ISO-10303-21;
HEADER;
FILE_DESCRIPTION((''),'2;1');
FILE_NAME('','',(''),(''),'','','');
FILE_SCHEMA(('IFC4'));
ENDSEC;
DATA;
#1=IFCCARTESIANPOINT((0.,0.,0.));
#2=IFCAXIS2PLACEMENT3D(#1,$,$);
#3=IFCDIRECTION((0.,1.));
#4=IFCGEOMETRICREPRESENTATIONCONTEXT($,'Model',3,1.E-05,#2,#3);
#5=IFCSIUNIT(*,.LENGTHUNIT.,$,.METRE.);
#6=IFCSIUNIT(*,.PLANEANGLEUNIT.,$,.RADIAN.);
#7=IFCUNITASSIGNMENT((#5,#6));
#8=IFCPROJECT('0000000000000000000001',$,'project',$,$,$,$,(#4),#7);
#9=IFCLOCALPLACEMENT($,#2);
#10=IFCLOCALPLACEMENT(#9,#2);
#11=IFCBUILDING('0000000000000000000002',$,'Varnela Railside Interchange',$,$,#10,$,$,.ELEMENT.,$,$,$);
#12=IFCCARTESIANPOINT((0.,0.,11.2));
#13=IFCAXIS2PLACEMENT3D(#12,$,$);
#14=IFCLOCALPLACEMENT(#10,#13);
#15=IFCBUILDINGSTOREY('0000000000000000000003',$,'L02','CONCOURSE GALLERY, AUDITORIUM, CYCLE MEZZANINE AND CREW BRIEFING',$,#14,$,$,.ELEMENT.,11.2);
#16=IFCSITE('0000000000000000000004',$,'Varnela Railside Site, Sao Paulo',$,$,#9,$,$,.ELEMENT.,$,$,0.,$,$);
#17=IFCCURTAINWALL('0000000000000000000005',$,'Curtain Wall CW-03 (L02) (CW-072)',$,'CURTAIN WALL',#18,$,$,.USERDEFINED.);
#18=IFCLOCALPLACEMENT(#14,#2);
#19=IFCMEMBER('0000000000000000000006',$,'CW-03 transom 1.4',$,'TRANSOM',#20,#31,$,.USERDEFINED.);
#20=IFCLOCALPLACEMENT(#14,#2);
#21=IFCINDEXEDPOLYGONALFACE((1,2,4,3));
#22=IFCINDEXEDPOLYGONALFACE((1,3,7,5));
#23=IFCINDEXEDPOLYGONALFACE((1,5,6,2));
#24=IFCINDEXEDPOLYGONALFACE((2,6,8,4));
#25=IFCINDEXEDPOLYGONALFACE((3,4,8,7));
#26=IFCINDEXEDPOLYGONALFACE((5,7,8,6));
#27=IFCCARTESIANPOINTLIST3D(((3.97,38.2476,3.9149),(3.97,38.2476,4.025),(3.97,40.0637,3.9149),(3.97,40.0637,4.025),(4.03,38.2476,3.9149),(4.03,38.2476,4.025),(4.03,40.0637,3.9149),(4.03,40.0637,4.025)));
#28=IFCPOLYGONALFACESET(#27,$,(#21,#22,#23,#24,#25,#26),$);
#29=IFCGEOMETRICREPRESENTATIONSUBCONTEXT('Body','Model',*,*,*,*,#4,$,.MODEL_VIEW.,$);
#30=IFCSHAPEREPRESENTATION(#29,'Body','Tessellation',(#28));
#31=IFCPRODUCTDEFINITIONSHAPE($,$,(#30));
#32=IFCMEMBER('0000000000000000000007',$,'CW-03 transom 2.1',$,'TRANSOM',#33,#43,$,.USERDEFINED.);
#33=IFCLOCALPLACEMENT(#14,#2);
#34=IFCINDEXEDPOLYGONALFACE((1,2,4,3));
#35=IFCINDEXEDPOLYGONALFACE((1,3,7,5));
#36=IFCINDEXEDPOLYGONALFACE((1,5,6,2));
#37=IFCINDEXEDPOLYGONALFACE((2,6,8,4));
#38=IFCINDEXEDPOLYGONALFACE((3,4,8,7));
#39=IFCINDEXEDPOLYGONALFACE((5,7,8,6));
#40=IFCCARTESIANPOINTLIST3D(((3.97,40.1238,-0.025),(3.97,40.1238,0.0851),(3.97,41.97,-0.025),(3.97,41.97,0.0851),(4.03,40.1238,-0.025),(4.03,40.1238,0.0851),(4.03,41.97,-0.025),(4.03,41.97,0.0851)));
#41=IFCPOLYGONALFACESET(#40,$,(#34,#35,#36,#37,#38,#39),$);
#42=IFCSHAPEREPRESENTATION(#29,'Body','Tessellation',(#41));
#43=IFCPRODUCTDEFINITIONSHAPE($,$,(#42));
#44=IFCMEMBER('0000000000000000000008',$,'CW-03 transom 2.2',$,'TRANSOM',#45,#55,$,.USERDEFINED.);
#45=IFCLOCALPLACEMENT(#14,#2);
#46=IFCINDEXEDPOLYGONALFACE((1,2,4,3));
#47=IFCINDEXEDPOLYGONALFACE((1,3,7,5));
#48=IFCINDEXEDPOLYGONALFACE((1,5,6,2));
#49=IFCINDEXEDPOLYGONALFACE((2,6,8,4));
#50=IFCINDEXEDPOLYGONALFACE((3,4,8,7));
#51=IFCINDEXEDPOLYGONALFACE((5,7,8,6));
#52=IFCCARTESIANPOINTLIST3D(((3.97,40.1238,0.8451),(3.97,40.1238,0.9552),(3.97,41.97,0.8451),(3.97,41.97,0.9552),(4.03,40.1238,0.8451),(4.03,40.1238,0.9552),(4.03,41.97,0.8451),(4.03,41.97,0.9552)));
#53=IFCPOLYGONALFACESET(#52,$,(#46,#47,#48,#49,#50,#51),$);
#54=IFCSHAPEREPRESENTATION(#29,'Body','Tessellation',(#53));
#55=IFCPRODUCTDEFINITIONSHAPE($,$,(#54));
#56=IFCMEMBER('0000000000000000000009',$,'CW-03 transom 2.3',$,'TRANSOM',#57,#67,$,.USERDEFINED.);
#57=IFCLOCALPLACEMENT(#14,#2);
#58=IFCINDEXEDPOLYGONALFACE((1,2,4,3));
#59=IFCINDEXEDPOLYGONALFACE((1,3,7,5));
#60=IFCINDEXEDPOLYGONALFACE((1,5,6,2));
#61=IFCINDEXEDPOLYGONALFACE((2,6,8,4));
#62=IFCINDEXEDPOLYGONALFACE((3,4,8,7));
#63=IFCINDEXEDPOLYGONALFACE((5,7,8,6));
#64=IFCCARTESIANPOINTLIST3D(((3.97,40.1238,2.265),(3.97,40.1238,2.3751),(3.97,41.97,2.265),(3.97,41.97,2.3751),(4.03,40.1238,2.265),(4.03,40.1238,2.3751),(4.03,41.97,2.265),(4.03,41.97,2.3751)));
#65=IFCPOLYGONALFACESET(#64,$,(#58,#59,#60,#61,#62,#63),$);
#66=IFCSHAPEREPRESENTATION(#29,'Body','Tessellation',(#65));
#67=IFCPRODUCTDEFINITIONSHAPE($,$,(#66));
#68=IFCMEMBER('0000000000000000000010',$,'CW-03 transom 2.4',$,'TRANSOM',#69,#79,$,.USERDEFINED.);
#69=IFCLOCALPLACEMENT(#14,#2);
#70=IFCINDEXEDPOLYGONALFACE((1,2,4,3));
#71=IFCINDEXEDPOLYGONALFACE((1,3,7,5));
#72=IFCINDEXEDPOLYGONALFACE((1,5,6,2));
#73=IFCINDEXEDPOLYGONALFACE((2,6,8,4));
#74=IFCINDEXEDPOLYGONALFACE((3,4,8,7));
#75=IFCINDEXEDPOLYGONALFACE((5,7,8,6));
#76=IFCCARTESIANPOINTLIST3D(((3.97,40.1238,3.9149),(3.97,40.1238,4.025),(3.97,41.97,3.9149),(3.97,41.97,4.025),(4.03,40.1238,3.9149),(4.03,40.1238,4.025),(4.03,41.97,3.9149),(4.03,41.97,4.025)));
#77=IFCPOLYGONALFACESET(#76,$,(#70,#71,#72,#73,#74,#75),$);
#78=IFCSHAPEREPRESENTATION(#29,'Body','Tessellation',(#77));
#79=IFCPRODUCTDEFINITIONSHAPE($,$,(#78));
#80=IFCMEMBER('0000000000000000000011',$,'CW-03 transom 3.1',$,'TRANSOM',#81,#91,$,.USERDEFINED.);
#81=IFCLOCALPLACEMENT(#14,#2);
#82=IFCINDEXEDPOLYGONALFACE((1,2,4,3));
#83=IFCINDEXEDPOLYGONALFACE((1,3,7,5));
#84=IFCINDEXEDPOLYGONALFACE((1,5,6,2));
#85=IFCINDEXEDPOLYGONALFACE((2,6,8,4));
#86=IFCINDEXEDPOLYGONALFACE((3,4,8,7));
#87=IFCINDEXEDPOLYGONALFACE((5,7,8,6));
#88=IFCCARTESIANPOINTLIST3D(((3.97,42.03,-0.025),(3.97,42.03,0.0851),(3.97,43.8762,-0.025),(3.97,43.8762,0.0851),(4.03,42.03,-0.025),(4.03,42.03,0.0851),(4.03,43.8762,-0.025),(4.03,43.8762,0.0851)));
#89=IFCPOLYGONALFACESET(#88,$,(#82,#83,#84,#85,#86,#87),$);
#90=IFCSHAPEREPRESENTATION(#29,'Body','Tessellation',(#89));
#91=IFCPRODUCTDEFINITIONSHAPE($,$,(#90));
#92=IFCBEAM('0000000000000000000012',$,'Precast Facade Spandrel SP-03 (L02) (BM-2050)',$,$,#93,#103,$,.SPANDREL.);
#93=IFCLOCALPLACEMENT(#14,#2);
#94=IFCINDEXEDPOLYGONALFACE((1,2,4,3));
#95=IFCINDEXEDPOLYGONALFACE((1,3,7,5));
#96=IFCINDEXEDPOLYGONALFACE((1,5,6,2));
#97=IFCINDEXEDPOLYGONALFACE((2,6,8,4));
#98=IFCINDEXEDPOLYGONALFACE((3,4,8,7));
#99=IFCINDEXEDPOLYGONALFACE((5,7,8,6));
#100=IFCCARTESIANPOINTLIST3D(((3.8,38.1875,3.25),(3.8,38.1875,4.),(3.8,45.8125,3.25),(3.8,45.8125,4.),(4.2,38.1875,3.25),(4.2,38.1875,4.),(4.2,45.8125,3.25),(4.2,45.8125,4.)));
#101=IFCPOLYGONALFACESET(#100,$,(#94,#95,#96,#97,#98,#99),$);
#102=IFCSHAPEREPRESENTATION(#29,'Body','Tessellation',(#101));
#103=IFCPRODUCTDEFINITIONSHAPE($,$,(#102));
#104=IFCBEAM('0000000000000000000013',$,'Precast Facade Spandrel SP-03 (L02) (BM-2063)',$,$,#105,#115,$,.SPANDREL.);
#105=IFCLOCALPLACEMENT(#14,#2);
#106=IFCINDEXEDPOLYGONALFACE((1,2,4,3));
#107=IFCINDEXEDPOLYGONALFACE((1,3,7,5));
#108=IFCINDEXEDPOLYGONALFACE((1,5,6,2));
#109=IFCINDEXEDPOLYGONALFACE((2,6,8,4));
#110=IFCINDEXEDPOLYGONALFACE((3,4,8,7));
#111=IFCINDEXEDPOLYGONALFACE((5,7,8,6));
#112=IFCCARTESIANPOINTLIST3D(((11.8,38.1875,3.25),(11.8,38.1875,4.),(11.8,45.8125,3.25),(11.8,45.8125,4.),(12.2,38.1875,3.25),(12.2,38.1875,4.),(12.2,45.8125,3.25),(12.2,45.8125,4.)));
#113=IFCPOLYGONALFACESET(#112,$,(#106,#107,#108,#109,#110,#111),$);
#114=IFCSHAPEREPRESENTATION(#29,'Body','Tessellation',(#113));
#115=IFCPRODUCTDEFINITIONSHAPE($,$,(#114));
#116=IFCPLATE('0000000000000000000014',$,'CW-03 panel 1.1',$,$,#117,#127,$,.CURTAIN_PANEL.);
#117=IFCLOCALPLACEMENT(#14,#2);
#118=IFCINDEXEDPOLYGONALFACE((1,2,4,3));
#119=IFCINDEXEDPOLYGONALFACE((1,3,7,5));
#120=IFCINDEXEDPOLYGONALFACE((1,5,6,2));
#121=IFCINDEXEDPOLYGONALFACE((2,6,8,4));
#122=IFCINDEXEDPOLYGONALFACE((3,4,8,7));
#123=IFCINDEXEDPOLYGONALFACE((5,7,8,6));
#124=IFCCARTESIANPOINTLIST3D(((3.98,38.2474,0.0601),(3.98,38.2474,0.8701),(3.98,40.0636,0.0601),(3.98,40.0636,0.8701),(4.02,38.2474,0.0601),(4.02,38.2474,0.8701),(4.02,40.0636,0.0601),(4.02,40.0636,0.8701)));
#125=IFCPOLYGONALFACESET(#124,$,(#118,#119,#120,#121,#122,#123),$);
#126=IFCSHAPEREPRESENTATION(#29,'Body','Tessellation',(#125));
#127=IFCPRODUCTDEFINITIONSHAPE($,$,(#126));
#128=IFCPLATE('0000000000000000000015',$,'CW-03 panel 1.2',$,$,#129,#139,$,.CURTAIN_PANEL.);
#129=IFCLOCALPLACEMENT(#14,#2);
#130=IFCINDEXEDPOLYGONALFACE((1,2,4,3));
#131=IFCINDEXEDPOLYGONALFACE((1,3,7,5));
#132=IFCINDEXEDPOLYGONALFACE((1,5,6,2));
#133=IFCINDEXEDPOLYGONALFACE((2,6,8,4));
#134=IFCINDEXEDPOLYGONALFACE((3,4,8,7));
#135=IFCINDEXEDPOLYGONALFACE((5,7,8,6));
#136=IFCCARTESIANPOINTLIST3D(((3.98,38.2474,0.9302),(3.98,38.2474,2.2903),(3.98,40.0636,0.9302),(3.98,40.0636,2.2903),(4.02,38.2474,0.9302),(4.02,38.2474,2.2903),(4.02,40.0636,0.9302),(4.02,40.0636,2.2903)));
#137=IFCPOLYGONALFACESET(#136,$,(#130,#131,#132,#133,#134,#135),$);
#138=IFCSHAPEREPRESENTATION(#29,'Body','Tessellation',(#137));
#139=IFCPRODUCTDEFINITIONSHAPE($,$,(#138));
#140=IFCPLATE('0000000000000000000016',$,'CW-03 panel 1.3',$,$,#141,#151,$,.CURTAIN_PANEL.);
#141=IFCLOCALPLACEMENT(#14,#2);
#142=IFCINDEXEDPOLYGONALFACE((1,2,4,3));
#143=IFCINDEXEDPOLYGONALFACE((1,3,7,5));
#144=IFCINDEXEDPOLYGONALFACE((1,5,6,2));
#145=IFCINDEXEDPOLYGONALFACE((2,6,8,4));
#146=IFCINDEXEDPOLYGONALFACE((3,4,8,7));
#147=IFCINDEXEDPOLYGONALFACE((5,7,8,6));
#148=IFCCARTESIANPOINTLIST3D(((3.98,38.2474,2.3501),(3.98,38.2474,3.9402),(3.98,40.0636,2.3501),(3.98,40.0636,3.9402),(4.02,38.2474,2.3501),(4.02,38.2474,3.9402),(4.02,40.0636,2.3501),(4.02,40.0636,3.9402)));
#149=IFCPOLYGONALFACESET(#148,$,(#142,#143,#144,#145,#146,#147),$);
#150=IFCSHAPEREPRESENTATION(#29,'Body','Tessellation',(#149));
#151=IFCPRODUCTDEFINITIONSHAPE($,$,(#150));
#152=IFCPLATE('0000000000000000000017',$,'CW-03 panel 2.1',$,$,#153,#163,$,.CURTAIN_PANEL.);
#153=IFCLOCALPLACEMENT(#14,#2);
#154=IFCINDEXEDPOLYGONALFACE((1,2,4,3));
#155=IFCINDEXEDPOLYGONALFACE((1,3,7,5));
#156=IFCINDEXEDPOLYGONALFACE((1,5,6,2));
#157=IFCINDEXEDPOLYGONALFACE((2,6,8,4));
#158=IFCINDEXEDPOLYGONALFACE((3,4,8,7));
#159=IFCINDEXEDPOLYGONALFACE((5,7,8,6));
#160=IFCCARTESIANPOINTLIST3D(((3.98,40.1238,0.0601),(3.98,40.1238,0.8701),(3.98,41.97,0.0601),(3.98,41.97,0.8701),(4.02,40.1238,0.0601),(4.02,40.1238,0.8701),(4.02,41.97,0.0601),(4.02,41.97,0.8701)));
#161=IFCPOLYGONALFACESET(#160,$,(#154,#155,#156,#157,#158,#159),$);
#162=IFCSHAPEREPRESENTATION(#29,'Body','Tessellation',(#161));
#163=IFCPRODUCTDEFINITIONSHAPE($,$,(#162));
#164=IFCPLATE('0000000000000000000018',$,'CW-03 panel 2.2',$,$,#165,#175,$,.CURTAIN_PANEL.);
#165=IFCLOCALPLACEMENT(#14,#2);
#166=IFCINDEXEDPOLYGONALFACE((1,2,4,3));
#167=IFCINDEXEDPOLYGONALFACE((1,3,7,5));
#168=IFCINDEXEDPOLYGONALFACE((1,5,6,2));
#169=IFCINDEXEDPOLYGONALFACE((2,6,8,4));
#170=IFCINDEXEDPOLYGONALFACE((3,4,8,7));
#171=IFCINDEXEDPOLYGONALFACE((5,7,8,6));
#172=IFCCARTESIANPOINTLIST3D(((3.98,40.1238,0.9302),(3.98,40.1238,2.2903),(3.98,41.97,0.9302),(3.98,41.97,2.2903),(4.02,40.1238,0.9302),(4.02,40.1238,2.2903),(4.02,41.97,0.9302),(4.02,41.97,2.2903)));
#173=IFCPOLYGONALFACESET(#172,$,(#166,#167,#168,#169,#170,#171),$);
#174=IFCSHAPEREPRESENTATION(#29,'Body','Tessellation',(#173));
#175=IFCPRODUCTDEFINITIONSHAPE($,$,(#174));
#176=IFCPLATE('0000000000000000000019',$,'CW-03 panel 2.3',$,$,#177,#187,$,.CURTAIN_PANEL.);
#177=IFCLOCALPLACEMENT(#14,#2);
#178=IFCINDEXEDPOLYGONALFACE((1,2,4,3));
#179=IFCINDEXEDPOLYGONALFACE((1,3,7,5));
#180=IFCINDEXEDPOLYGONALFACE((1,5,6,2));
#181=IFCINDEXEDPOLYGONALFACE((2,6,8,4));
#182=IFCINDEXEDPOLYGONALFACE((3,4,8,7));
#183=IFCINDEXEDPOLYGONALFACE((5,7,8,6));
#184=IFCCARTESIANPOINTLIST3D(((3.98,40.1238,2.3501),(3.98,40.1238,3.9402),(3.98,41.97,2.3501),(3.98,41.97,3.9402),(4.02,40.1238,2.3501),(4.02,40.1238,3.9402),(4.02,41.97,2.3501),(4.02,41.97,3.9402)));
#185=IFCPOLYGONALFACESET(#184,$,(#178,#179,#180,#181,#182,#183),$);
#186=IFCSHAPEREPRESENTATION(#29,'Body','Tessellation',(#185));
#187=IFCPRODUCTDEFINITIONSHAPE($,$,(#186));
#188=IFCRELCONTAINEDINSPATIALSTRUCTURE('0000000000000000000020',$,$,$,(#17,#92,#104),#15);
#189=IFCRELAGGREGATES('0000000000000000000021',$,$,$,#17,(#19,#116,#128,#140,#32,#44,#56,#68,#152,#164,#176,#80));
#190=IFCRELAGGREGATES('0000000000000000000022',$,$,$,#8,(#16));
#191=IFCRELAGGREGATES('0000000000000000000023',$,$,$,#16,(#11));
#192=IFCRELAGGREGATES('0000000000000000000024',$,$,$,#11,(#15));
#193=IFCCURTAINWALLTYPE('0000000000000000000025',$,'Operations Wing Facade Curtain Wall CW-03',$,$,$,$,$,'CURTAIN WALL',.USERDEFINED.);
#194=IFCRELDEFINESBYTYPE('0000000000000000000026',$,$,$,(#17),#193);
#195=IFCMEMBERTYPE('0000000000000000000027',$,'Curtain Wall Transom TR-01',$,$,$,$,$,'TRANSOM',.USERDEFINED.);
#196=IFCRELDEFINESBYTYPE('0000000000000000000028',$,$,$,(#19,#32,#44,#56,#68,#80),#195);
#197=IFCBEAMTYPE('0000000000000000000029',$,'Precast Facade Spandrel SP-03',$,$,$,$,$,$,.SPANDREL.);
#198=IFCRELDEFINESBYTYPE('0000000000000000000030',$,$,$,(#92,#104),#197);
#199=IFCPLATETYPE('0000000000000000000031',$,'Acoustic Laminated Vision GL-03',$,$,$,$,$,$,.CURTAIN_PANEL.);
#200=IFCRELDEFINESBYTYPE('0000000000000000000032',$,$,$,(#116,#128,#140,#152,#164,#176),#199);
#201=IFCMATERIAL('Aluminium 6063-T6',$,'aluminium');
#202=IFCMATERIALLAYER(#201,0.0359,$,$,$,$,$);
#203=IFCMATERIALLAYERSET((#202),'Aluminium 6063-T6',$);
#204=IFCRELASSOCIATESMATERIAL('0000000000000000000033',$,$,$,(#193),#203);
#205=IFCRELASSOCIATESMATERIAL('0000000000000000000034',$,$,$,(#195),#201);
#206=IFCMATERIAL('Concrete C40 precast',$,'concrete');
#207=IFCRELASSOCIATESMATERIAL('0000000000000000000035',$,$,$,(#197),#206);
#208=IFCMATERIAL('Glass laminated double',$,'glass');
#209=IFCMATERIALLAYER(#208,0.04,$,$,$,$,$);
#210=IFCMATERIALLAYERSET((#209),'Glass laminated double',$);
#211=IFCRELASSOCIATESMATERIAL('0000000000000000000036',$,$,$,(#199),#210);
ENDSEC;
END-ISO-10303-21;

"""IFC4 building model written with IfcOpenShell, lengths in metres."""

from ifc_helpers import new_model, si_unit, direction, frame, origin, origin_2d, place, context, subcontext, project, spatial, rectangle, extrude, material, layer, layer_set, material_profile, profile_set, type_object, element, aggregate, save


model = new_model("IFC4")

# Units and contexts
model_context = context("Model", 3, precision=1e-05, world=origin(), true_north=direction((0.0, 1.0)))
body_context = subcontext(model_context, "Body", "Model", "MODEL_VIEW")
ifc_project = project(units=[si_unit("LENGTHUNIT", "METRE"), si_unit("PLANEANGLEUNIT", "RADIAN")], contexts=[model_context])

# Site, building, storey
site_placement = place(None, origin())
site = spatial("IfcSite", under=ifc_project, at=site_placement, Name="Varnela Railside Site, Sao Paulo", CompositionType="ELEMENT", RefElevation=0.0)
building_placement = place(site_placement, origin())
building = spatial("IfcBuilding", under=site, at=building_placement, Name="Varnela Railside Interchange", CompositionType="ELEMENT")
storey_placement = place(building_placement, frame((0.0, 0.0, 11.2)))
storey = spatial("IfcBuildingStorey", under=building, at=storey_placement, Name="L02", Description="CONCOURSE GALLERY, AUDITORIUM, CYCLE MEZZANINE AND CREW BRIEFING", CompositionType="ELEMENT", Elevation=11.2)

# Curtain wall
ifc_material_1 = material(Name="Aluminium 6063-T6", Category="aluminium")
ifc_layer_1 = layer(ifc_material_1, 0.0359)
ifc_layer_set_1 = layer_set([ifc_layer_1], Name="Aluminium 6063-T6")
curtain_wall_type = type_object("IfcCurtainWallType", Name="Operations Wing Facade Curtain Wall CW-03", ElementType="CURTAIN WALL", PredefinedType="USERDEFINED", material=ifc_layer_set_1)
curtain_wall_1_placement = place(storey_placement, origin())
curtain_wall_1 = element("IfcCurtainWall", 1, at=curtain_wall_1_placement, inside=storey, type_object=curtain_wall_type, Name="Curtain Wall CW-03 (L02) (CW-072)", ObjectType="CURTAIN WALL", PredefinedType="USERDEFINED")
ifc_material_profile_1 = material_profile(ifc_material_1, rectangle(XDim=0.0601, YDim=0.1101, at=origin_2d()), Name="ALU 60x110")
ifc_profile_set_1 = profile_set([ifc_material_profile_1], Name="Aluminium 6063-T6")
member_type_1 = type_object("IfcMemberType", Name="Curtain Wall Transom TR-01", ElementType="TRANSOM", PredefinedType="USERDEFINED", material=ifc_profile_set_1)

# Members
member_1_placement = place(storey_placement, frame((4.0, 38.2476, 3.97), z_axis=(0.0, 1.0, 0.0), x_axis=(-1.0, 0.0, 0.0)))
member_1 = element("IfcMember", 2, at=member_1_placement, type_object=member_type_1, Name="CW-03 transom 1.4", ObjectType="TRANSOM", PredefinedType="USERDEFINED", context=body_context, shape_type="SweptSolid", body=[
    extrude(rectangle(XDim=0.0601, YDim=0.1101, at=origin_2d()), origin(), (0.0, 0.0, 1.0), 1.8162),
])
member_2_placement = place(storey_placement, frame((4.0, 40.1238, 0.03), z_axis=(0.0, 1.0, 0.0), x_axis=(-1.0, 0.0, 0.0)))
member_2 = element("IfcMember", 3, at=member_2_placement, type_object=member_type_1, Name="CW-03 transom 2.1", ObjectType="TRANSOM", PredefinedType="USERDEFINED", context=body_context, shape_type="SweptSolid", body=[
    extrude(rectangle(XDim=0.0601, YDim=0.1101, at=origin_2d()), origin(), (0.0, 0.0, 1.0), 1.8462),
])
member_3_placement = place(storey_placement, frame((4.0, 40.1238, 0.9001), z_axis=(0.0, 1.0, 0.0), x_axis=(-1.0, 0.0, 0.0)))
member_3 = element("IfcMember", 4, at=member_3_placement, type_object=member_type_1, Name="CW-03 transom 2.2", ObjectType="TRANSOM", PredefinedType="USERDEFINED", context=body_context, shape_type="SweptSolid", body=[
    extrude(rectangle(XDim=0.0601, YDim=0.1101, at=origin_2d()), origin(), (0.0, 0.0, 1.0), 1.8462),
])
member_4_placement = place(storey_placement, frame((4.0, 40.1238, 2.3201), z_axis=(0.0, 1.0, 0.0), x_axis=(-1.0, 0.0, 0.0)))
member_4 = element("IfcMember", 5, at=member_4_placement, type_object=member_type_1, Name="CW-03 transom 2.3", ObjectType="TRANSOM", PredefinedType="USERDEFINED", context=body_context, shape_type="SweptSolid", body=[
    extrude(rectangle(XDim=0.0601, YDim=0.1101, at=origin_2d()), origin(), (0.0, 0.0, 1.0), 1.8462),
])
member_5_placement = place(storey_placement, frame((4.0, 40.1238, 3.97), z_axis=(0.0, 1.0, 0.0), x_axis=(-1.0, 0.0, 0.0)))
member_5 = element("IfcMember", 6, at=member_5_placement, type_object=member_type_1, Name="CW-03 transom 2.4", ObjectType="TRANSOM", PredefinedType="USERDEFINED", context=body_context, shape_type="SweptSolid", body=[
    extrude(rectangle(XDim=0.0601, YDim=0.1101, at=origin_2d()), origin(), (0.0, 0.0, 1.0), 1.8462),
])
member_6_placement = place(storey_placement, frame((4.0, 42.03, 0.03), z_axis=(0.0, 1.0, 0.0), x_axis=(-1.0, 0.0, 0.0)))
member_6 = element("IfcMember", 7, at=member_6_placement, type_object=member_type_1, Name="CW-03 transom 3.1", ObjectType="TRANSOM", PredefinedType="USERDEFINED", context=body_context, shape_type="SweptSolid", body=[
    extrude(rectangle(XDim=0.0601, YDim=0.1101, at=origin_2d()), origin(), (0.0, 0.0, 1.0), 1.8462),
])

# Beams
ifc_material_2 = material(Name="Concrete C40 precast", Category="concrete")
ifc_material_profile_2 = material_profile(ifc_material_2, rectangle(XDim=0.3999, YDim=0.75, at=origin_2d()), Name="PC 400x750")
ifc_profile_set_2 = profile_set([ifc_material_profile_2], Name="Concrete C40 precast")
beam_type_1 = type_object("IfcBeamType", Name="Precast Facade Spandrel SP-03", PredefinedType="SPANDREL", material=ifc_profile_set_2)
for number, where, z_axis, x_axis, name in (
    (8, (4.0, 38.1875, 3.625), (0.0, 1.0, 0.0), (-1.0, 0.0, 0.0), "Precast Facade Spandrel SP-03 (L02) (BM-2050)"),
    (9, (12.0, 38.1875, 3.625), (0.0, 1.0, 0.0), (-1.0, 0.0, 0.0), "Precast Facade Spandrel SP-03 (L02) (BM-2063)"),
):
    element("IfcBeam", number, at=place(storey_placement, frame(where, z_axis=z_axis, x_axis=x_axis)), inside=storey, type_object=beam_type_1, Name=name, PredefinedType="SPANDREL", context=body_context, shape_type="SweptSolid", body=[
        extrude(rectangle(XDim=0.3999, YDim=0.75, at=origin_2d()), origin(), (0.0, 0.0, 1.0), 7.625),
    ])

# Plates
ifc_material_3 = material(Name="Glass laminated double", Category="glass")
ifc_layer_2 = layer(ifc_material_3, 0.04)
ifc_layer_set_2 = layer_set([ifc_layer_2], Name="Glass laminated double")
plate_type = type_object("IfcPlateType", Name="Acoustic Laminated Vision GL-03", PredefinedType="CURTAIN_PANEL", material=ifc_layer_set_2)
plate_1_placement = place(storey_placement, frame((4.0, 39.1555, 0.0601), z_axis=(0.0, 0.0, 1.0), x_axis=(0.0, 1.0, 0.0)))
plate_1 = element("IfcPlate", 10, at=plate_1_placement, type_object=plate_type, Name="CW-03 panel 1.1", PredefinedType="CURTAIN_PANEL", context=body_context, shape_type="SweptSolid", body=[
    extrude(rectangle(XDim=1.8162, YDim=0.04, at=origin_2d()), origin(), (0.0, 0.0, 1.0), 0.8101),
])
plate_2_placement = place(storey_placement, frame((4.0, 39.1555, 0.9302), z_axis=(0.0, 0.0, 1.0), x_axis=(0.0, 1.0, 0.0)))
plate_2 = element("IfcPlate", 11, at=plate_2_placement, type_object=plate_type, Name="CW-03 panel 1.2", PredefinedType="CURTAIN_PANEL", context=body_context, shape_type="SweptSolid", body=[
    extrude(rectangle(XDim=1.8162, YDim=0.04, at=origin_2d()), origin(), (0.0, 0.0, 1.0), 1.3601),
])
plate_3_placement = place(storey_placement, frame((4.0, 39.1555, 2.3501), z_axis=(0.0, 0.0, 1.0), x_axis=(0.0, 1.0, 0.0)))
plate_3 = element("IfcPlate", 12, at=plate_3_placement, type_object=plate_type, Name="CW-03 panel 1.3", PredefinedType="CURTAIN_PANEL", context=body_context, shape_type="SweptSolid", body=[
    extrude(rectangle(XDim=1.8162, YDim=0.04, at=origin_2d()), origin(), (0.0, 0.0, 1.0), 1.5901),
])
plate_4_placement = place(storey_placement, frame((4.0, 41.0469, 0.0601), z_axis=(0.0, 0.0, 1.0), x_axis=(0.0, 1.0, 0.0)))
plate_4 = element("IfcPlate", 13, at=plate_4_placement, type_object=plate_type, Name="CW-03 panel 2.1", PredefinedType="CURTAIN_PANEL", context=body_context, shape_type="SweptSolid", body=[
    extrude(rectangle(XDim=1.8462, YDim=0.04, at=origin_2d()), origin(), (0.0, 0.0, 1.0), 0.8101),
])
plate_5_placement = place(storey_placement, frame((4.0, 41.0469, 0.9302), z_axis=(0.0, 0.0, 1.0), x_axis=(0.0, 1.0, 0.0)))
plate_5 = element("IfcPlate", 14, at=plate_5_placement, type_object=plate_type, Name="CW-03 panel 2.2", PredefinedType="CURTAIN_PANEL", context=body_context, shape_type="SweptSolid", body=[
    extrude(rectangle(XDim=1.8462, YDim=0.04, at=origin_2d()), origin(), (0.0, 0.0, 1.0), 1.3601),
])
plate_6_placement = place(storey_placement, frame((4.0, 41.0469, 2.3501), z_axis=(0.0, 0.0, 1.0), x_axis=(0.0, 1.0, 0.0)))
plate_6 = element("IfcPlate", 15, at=plate_6_placement, type_object=plate_type, Name="CW-03 panel 2.3", PredefinedType="CURTAIN_PANEL", context=body_context, shape_type="SweptSolid", body=[
    extrude(rectangle(XDim=1.8462, YDim=0.04, at=origin_2d()), origin(), (0.0, 0.0, 1.0), 1.5901),
])
aggregate(curtain_wall_1, [member_1, plate_1, plate_2, plate_3, member_2, member_3, member_4, member_5, plate_4, plate_5, plate_6, member_6])

save(model, "model.ifc")
